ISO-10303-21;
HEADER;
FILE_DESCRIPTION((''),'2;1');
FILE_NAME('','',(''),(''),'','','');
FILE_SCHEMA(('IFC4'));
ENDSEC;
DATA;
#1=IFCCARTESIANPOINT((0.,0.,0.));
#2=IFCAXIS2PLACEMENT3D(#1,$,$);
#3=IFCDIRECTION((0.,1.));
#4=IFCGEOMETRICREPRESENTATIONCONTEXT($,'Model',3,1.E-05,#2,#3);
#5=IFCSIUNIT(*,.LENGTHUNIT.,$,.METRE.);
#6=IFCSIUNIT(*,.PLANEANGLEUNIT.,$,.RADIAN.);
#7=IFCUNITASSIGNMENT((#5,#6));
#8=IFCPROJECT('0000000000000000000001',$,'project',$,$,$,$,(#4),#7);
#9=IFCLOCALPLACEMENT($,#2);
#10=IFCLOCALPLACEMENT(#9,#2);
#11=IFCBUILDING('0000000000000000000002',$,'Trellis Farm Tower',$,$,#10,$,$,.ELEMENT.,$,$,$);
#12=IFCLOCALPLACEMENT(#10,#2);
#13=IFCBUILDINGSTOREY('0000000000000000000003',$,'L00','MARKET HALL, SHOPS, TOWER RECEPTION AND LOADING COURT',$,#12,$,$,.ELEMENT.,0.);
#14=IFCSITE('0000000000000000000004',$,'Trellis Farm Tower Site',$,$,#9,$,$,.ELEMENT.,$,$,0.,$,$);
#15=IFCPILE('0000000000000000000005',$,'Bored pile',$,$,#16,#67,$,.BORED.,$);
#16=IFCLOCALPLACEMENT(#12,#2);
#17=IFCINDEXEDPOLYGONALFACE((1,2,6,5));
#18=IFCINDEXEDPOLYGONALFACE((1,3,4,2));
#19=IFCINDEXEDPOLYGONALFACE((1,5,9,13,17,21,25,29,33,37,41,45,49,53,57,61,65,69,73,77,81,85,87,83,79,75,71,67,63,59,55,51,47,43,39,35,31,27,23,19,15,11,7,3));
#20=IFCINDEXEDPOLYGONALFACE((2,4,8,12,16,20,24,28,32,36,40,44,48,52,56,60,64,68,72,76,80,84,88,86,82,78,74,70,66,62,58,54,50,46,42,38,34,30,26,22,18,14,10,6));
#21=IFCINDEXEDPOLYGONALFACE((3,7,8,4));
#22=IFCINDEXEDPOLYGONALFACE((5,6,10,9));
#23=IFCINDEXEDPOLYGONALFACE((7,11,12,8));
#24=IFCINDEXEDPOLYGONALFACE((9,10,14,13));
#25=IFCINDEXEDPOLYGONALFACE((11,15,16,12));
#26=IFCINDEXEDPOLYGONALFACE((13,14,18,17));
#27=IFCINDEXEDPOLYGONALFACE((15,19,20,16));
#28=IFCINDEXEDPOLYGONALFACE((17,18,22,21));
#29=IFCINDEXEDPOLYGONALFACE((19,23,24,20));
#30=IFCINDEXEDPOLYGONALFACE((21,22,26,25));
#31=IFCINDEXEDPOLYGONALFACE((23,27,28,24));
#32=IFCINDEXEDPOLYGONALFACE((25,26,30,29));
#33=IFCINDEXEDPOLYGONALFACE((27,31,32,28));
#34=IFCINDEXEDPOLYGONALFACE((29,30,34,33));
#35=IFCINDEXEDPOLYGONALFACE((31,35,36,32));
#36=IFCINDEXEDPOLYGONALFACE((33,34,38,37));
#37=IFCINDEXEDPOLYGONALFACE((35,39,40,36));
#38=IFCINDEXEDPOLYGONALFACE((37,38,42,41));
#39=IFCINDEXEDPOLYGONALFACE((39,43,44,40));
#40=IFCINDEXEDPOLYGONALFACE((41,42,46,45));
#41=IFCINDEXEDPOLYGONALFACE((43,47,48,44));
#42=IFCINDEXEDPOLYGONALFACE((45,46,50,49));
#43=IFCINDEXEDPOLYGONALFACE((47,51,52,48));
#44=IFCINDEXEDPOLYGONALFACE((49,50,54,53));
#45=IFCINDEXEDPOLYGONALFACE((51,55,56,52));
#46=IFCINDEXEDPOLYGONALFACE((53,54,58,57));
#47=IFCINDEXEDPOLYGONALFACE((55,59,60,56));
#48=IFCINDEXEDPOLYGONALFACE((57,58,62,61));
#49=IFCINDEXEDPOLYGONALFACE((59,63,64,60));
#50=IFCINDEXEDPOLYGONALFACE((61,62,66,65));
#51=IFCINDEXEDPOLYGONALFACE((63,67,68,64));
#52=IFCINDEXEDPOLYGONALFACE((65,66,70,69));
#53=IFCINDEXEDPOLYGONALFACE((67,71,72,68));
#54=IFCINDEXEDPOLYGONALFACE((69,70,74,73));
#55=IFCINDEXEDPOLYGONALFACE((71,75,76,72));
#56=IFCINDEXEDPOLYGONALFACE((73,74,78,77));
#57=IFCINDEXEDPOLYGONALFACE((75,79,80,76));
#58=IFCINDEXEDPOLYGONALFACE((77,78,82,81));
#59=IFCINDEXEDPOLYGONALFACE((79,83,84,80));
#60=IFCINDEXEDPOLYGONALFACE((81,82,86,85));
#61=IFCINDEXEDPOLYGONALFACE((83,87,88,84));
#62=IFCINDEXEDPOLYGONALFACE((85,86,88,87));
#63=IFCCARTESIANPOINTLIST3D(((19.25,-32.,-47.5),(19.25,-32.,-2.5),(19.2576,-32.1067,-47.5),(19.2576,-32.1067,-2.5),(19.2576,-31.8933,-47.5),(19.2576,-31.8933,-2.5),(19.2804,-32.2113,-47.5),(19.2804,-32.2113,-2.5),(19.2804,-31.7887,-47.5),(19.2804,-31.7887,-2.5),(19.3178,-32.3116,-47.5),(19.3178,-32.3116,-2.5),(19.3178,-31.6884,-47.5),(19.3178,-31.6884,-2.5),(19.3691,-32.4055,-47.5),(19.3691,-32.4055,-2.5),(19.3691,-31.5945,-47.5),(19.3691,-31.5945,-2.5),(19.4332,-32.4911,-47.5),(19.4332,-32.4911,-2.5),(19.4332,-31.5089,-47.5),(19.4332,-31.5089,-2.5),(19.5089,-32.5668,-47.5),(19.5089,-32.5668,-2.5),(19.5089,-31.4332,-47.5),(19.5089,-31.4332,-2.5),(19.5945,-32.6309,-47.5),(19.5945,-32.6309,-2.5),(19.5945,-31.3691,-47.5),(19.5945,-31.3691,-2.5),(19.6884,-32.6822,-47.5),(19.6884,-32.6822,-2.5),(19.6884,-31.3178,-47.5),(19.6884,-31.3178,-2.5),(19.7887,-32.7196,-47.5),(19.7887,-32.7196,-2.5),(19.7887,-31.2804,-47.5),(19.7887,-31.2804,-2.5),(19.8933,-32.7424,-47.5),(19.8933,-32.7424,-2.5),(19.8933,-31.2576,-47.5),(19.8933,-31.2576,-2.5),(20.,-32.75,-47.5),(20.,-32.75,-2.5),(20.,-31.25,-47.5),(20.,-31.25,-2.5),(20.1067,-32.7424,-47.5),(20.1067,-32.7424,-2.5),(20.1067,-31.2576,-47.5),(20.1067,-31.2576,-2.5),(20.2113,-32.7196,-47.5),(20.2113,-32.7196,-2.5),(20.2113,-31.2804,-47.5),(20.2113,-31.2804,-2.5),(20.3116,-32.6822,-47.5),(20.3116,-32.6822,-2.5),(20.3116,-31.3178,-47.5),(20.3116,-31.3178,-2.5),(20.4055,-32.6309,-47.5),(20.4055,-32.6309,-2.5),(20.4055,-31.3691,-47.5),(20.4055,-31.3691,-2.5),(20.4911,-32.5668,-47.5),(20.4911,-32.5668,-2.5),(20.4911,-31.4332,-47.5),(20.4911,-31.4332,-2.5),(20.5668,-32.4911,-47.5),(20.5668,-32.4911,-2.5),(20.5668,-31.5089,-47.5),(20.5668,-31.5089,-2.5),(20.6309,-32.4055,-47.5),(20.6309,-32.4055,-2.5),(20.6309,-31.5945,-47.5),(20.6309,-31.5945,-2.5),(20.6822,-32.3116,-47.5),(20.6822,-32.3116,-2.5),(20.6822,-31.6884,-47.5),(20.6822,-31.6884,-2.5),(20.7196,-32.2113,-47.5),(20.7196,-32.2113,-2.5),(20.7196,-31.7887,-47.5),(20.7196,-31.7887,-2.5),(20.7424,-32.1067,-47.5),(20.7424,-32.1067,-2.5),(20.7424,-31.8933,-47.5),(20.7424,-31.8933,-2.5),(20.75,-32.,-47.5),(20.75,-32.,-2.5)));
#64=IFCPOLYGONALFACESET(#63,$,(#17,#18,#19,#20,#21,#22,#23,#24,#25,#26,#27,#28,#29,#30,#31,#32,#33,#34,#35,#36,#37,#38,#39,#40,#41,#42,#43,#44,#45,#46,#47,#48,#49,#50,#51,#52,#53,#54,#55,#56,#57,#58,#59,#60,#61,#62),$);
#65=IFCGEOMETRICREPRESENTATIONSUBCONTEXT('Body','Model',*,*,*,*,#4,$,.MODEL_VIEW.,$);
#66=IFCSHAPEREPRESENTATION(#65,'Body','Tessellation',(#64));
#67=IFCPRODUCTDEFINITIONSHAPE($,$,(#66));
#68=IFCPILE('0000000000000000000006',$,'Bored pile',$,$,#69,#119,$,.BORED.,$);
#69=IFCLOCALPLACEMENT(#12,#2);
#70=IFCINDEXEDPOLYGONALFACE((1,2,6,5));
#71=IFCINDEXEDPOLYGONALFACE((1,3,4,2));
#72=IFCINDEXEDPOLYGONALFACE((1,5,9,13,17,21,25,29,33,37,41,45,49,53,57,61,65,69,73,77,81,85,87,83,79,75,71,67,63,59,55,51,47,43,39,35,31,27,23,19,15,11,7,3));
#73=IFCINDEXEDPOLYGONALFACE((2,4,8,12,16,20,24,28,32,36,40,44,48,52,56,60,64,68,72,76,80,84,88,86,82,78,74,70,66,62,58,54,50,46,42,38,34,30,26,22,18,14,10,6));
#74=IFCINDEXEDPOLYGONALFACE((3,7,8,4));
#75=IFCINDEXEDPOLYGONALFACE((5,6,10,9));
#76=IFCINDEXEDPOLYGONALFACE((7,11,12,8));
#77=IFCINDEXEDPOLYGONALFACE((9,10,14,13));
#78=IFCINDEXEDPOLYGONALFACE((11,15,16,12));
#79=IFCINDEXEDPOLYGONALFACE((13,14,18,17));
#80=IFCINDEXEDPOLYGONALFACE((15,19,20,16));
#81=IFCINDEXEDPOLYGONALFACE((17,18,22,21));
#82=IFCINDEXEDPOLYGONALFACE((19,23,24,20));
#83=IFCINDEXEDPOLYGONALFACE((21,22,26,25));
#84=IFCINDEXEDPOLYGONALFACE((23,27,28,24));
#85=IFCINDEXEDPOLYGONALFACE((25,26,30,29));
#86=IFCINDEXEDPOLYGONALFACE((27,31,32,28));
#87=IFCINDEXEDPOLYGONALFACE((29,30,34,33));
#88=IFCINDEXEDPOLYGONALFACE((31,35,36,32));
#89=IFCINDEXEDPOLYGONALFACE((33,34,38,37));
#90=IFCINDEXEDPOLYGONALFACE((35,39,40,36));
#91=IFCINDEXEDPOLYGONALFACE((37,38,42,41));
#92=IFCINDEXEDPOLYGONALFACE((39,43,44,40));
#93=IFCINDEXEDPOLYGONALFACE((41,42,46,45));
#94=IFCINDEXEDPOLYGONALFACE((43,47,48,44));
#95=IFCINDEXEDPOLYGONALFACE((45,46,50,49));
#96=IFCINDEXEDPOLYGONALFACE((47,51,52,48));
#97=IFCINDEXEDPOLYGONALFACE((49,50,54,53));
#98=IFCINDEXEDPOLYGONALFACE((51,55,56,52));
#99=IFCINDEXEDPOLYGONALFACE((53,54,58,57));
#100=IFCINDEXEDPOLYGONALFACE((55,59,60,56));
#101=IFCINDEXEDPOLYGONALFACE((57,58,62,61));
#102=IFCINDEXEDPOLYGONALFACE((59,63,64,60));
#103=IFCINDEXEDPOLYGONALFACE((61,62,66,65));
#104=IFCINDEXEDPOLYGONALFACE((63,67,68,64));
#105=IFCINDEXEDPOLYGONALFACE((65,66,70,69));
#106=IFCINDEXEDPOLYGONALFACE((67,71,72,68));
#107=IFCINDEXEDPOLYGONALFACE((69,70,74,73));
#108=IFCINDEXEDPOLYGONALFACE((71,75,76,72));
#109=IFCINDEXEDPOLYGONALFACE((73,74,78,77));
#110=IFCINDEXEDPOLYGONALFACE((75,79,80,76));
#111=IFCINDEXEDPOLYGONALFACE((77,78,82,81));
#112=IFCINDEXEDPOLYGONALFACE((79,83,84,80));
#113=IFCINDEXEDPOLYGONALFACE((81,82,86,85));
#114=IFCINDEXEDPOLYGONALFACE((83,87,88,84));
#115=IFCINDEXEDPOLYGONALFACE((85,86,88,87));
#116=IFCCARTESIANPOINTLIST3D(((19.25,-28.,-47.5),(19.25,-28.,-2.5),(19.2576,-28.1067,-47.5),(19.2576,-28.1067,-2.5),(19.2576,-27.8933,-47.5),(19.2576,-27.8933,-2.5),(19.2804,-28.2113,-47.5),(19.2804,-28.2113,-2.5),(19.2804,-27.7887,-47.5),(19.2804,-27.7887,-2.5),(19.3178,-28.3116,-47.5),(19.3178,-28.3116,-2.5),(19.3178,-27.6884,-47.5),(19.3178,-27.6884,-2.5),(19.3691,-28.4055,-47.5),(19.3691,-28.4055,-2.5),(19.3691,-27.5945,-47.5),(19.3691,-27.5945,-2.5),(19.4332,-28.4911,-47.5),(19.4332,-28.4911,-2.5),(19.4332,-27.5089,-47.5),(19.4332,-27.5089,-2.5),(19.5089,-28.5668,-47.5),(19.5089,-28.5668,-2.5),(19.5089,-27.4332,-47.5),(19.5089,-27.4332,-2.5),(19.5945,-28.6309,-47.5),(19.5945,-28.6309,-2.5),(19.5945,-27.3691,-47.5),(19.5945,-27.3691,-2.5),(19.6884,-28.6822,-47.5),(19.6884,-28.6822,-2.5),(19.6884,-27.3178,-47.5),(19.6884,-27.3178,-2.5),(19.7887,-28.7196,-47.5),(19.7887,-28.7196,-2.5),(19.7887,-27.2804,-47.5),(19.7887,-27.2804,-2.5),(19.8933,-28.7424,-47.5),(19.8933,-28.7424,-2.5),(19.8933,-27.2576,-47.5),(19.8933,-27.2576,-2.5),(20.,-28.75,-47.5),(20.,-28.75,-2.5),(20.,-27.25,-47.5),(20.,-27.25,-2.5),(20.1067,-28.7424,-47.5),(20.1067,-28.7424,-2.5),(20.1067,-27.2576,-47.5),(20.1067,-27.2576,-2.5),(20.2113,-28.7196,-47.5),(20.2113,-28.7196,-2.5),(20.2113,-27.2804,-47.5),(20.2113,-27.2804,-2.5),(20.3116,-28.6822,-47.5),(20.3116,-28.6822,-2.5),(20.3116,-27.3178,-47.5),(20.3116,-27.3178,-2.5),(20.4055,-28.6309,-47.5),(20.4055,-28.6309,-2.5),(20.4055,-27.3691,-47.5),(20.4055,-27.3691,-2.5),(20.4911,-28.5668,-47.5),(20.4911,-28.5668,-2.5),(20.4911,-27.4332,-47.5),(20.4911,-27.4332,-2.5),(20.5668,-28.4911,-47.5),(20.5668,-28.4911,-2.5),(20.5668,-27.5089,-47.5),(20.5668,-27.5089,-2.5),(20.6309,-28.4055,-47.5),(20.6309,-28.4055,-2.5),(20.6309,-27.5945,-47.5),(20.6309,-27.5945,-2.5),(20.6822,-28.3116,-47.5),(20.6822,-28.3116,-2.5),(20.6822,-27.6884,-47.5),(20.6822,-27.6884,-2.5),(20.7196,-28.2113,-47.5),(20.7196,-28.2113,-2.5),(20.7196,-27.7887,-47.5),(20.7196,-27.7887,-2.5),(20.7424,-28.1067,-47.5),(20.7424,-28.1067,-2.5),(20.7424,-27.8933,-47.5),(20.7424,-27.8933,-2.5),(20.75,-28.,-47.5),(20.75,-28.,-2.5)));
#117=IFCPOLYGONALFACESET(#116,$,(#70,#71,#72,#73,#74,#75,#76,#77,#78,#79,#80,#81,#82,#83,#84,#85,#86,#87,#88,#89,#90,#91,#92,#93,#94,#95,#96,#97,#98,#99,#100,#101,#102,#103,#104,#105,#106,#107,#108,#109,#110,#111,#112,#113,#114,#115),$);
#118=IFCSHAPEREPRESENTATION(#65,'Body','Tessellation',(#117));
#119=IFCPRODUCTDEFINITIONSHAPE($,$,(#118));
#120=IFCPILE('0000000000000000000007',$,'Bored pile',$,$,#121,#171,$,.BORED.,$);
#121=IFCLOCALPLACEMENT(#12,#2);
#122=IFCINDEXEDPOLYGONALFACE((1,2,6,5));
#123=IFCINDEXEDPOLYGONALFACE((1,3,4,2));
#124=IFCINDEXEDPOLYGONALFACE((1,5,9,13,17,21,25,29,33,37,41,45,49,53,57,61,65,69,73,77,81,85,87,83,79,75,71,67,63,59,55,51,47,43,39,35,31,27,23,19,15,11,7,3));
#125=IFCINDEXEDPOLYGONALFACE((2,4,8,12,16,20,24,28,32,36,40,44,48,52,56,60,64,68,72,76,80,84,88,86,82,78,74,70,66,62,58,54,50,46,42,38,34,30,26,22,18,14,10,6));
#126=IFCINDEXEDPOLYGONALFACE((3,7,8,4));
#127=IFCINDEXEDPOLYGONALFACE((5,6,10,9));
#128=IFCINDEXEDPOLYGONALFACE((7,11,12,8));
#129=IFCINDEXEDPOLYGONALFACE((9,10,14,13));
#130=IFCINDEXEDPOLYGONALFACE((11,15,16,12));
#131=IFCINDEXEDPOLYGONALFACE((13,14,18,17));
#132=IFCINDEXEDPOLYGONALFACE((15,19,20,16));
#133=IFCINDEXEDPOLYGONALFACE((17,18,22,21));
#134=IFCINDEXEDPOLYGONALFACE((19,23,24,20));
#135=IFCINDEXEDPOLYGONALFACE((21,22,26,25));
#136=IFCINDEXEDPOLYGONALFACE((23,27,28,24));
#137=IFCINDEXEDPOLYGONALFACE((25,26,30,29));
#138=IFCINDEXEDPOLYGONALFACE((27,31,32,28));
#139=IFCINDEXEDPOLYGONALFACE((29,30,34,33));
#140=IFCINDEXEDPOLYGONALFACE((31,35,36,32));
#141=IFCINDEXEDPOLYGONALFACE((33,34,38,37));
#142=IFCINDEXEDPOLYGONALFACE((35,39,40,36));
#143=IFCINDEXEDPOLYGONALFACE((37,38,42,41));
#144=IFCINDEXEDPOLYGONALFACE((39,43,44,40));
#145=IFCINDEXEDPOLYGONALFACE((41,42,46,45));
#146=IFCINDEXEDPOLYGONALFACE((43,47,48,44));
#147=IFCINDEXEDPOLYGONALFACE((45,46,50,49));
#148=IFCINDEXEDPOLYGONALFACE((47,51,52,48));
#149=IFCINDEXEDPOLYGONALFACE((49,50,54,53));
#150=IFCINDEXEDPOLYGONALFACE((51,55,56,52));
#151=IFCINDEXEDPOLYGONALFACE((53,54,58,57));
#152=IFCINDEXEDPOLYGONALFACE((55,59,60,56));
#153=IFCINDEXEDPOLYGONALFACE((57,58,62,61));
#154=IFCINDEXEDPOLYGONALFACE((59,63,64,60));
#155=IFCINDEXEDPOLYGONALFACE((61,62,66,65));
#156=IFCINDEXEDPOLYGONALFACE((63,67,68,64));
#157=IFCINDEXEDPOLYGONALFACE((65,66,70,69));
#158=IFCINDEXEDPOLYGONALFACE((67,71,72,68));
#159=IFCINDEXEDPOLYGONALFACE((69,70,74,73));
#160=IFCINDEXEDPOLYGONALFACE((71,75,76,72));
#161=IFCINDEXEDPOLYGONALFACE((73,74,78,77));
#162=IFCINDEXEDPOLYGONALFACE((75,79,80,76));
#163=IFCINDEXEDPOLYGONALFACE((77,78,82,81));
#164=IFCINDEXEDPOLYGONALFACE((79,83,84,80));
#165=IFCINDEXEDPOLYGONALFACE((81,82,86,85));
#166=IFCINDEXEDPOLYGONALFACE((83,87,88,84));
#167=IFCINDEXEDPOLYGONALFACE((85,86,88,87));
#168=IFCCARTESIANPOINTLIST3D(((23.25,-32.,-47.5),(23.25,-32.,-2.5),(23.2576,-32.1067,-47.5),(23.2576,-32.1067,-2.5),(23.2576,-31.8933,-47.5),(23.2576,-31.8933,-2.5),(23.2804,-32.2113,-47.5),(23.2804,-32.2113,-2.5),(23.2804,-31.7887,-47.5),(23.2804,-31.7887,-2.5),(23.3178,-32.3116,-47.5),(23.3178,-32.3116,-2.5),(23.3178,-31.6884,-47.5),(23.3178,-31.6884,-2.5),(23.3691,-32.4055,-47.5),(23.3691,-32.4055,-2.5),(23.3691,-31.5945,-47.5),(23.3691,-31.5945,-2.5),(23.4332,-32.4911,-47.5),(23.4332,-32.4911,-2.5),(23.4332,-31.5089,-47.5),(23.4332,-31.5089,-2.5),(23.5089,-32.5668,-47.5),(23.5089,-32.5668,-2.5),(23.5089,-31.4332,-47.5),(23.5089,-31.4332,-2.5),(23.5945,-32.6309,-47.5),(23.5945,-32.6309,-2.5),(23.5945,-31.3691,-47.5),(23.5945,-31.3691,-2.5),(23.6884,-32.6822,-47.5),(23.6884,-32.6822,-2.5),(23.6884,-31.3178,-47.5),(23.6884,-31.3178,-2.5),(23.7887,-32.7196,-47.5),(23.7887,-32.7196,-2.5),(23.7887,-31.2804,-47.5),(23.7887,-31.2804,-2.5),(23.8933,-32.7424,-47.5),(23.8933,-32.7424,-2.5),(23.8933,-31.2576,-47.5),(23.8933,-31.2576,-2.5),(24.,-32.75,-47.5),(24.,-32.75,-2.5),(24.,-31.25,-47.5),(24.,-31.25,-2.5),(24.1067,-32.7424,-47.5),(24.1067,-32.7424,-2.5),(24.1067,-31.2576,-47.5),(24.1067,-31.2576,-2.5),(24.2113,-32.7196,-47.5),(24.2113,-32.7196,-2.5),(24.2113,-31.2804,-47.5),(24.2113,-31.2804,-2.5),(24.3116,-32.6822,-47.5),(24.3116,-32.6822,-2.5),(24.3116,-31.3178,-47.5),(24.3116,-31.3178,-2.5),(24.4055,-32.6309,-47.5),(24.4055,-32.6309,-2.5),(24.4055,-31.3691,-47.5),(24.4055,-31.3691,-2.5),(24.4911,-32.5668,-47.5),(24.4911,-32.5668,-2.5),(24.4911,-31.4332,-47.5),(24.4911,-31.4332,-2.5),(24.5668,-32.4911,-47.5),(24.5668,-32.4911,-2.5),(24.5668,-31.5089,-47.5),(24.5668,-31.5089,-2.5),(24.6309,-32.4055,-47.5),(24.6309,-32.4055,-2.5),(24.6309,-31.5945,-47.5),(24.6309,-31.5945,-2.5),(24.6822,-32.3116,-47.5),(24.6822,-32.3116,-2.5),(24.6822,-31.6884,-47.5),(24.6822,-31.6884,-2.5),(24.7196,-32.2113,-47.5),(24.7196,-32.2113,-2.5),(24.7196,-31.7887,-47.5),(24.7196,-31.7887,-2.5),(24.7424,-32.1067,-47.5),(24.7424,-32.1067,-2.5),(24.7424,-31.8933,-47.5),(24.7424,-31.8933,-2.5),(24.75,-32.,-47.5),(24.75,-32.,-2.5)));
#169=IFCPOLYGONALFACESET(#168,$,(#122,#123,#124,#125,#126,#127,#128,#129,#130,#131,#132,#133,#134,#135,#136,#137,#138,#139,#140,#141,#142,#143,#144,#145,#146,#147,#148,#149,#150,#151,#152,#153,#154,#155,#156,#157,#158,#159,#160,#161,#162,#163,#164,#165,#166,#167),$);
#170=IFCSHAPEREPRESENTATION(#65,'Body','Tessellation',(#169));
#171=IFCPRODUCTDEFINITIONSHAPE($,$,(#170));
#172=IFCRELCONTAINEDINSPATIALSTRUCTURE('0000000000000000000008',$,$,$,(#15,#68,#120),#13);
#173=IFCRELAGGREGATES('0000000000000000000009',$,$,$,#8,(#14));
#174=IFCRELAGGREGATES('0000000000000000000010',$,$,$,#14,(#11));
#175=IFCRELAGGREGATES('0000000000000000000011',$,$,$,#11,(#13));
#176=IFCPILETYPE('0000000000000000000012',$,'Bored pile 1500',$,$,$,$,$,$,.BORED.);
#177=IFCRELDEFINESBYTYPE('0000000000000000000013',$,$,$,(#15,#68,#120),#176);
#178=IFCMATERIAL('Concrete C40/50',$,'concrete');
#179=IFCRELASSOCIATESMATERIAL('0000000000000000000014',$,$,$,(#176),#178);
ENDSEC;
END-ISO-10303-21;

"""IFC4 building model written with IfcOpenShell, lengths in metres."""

from ifc_helpers import new_model, si_unit, direction, frame, origin, origin_2d, place, context, subcontext, project, spatial, circle, extrude, source, transform, mapped, material, material_profile, profile_set, type_object, element, save


model = new_model("IFC4")

# Units and contexts
model_context = context("Model", 3, precision=1e-05, world=origin(), true_north=direction((0.0, 1.0)))
body_context = subcontext(model_context, "Body", "Model", "MODEL_VIEW")
ifc_project = project(units=[si_unit("LENGTHUNIT", "METRE"), si_unit("PLANEANGLEUNIT", "RADIAN")], contexts=[model_context])

# Site, building, storey
site_placement = place(None, origin())
site = spatial("IfcSite", under=ifc_project, at=site_placement, Name="Trellis Farm Tower Site", CompositionType="ELEMENT", RefElevation=0.0)
building_placement = place(site_placement, origin())
building = spatial("IfcBuilding", under=site, at=building_placement, Name="Trellis Farm Tower", CompositionType="ELEMENT")
storey_placement = place(building_placement, origin())
storey = spatial("IfcBuildingStorey", under=building, at=storey_placement, Name="L00", Description="MARKET HALL, SHOPS, TOWER RECEPTION AND LOADING COURT", CompositionType="ELEMENT", Elevation=0.0)

# Piles
ifc_material_1 = material(Name="Concrete C40/50", Category="concrete")
ifc_material_profile_1 = material_profile(ifc_material_1, circle(Radius=0.75, at=origin_2d()), Name="Bored pile 1500")
ifc_profile_set_1 = profile_set([ifc_material_profile_1], Name="Concrete C40/50")
pile_type = type_object("IfcPileType", Name="Bored pile 1500", PredefinedType="BORED", material=ifc_profile_set_1)
shared_shape_1 = source(origin(), body_context, "Body", "SweptSolid", [
    extrude(circle(Radius=0.75, at=origin_2d()), origin(), (0.0, 0.0, 1.0), 45.0),
])
for number, where, z_axis, x_axis, name in (
    (1, (20.0, -32.0, -2.5), (0.0, 0.0, -1.0), (1.0, 0.0, 0.0), "Bored pile"),
    (2, (20.0, -28.0, -2.5), (0.0, 0.0, -1.0), (1.0, 0.0, 0.0), "Bored pile"),
    (3, (24.0, -32.0, -2.5), (0.0, 0.0, -1.0), (1.0, 0.0, 0.0), "Bored pile"),
):
    element("IfcPile", number, at=place(storey_placement, frame(where, z_axis=z_axis, x_axis=x_axis)), inside=storey, type_object=pile_type, Name=name, PredefinedType="BORED", context=body_context, shape_type="MappedRepresentation", body=[
        mapped(shared_shape_1, transform((0.0, 0.0, 0.0))),
    ])

save(model, "model.ifc")
